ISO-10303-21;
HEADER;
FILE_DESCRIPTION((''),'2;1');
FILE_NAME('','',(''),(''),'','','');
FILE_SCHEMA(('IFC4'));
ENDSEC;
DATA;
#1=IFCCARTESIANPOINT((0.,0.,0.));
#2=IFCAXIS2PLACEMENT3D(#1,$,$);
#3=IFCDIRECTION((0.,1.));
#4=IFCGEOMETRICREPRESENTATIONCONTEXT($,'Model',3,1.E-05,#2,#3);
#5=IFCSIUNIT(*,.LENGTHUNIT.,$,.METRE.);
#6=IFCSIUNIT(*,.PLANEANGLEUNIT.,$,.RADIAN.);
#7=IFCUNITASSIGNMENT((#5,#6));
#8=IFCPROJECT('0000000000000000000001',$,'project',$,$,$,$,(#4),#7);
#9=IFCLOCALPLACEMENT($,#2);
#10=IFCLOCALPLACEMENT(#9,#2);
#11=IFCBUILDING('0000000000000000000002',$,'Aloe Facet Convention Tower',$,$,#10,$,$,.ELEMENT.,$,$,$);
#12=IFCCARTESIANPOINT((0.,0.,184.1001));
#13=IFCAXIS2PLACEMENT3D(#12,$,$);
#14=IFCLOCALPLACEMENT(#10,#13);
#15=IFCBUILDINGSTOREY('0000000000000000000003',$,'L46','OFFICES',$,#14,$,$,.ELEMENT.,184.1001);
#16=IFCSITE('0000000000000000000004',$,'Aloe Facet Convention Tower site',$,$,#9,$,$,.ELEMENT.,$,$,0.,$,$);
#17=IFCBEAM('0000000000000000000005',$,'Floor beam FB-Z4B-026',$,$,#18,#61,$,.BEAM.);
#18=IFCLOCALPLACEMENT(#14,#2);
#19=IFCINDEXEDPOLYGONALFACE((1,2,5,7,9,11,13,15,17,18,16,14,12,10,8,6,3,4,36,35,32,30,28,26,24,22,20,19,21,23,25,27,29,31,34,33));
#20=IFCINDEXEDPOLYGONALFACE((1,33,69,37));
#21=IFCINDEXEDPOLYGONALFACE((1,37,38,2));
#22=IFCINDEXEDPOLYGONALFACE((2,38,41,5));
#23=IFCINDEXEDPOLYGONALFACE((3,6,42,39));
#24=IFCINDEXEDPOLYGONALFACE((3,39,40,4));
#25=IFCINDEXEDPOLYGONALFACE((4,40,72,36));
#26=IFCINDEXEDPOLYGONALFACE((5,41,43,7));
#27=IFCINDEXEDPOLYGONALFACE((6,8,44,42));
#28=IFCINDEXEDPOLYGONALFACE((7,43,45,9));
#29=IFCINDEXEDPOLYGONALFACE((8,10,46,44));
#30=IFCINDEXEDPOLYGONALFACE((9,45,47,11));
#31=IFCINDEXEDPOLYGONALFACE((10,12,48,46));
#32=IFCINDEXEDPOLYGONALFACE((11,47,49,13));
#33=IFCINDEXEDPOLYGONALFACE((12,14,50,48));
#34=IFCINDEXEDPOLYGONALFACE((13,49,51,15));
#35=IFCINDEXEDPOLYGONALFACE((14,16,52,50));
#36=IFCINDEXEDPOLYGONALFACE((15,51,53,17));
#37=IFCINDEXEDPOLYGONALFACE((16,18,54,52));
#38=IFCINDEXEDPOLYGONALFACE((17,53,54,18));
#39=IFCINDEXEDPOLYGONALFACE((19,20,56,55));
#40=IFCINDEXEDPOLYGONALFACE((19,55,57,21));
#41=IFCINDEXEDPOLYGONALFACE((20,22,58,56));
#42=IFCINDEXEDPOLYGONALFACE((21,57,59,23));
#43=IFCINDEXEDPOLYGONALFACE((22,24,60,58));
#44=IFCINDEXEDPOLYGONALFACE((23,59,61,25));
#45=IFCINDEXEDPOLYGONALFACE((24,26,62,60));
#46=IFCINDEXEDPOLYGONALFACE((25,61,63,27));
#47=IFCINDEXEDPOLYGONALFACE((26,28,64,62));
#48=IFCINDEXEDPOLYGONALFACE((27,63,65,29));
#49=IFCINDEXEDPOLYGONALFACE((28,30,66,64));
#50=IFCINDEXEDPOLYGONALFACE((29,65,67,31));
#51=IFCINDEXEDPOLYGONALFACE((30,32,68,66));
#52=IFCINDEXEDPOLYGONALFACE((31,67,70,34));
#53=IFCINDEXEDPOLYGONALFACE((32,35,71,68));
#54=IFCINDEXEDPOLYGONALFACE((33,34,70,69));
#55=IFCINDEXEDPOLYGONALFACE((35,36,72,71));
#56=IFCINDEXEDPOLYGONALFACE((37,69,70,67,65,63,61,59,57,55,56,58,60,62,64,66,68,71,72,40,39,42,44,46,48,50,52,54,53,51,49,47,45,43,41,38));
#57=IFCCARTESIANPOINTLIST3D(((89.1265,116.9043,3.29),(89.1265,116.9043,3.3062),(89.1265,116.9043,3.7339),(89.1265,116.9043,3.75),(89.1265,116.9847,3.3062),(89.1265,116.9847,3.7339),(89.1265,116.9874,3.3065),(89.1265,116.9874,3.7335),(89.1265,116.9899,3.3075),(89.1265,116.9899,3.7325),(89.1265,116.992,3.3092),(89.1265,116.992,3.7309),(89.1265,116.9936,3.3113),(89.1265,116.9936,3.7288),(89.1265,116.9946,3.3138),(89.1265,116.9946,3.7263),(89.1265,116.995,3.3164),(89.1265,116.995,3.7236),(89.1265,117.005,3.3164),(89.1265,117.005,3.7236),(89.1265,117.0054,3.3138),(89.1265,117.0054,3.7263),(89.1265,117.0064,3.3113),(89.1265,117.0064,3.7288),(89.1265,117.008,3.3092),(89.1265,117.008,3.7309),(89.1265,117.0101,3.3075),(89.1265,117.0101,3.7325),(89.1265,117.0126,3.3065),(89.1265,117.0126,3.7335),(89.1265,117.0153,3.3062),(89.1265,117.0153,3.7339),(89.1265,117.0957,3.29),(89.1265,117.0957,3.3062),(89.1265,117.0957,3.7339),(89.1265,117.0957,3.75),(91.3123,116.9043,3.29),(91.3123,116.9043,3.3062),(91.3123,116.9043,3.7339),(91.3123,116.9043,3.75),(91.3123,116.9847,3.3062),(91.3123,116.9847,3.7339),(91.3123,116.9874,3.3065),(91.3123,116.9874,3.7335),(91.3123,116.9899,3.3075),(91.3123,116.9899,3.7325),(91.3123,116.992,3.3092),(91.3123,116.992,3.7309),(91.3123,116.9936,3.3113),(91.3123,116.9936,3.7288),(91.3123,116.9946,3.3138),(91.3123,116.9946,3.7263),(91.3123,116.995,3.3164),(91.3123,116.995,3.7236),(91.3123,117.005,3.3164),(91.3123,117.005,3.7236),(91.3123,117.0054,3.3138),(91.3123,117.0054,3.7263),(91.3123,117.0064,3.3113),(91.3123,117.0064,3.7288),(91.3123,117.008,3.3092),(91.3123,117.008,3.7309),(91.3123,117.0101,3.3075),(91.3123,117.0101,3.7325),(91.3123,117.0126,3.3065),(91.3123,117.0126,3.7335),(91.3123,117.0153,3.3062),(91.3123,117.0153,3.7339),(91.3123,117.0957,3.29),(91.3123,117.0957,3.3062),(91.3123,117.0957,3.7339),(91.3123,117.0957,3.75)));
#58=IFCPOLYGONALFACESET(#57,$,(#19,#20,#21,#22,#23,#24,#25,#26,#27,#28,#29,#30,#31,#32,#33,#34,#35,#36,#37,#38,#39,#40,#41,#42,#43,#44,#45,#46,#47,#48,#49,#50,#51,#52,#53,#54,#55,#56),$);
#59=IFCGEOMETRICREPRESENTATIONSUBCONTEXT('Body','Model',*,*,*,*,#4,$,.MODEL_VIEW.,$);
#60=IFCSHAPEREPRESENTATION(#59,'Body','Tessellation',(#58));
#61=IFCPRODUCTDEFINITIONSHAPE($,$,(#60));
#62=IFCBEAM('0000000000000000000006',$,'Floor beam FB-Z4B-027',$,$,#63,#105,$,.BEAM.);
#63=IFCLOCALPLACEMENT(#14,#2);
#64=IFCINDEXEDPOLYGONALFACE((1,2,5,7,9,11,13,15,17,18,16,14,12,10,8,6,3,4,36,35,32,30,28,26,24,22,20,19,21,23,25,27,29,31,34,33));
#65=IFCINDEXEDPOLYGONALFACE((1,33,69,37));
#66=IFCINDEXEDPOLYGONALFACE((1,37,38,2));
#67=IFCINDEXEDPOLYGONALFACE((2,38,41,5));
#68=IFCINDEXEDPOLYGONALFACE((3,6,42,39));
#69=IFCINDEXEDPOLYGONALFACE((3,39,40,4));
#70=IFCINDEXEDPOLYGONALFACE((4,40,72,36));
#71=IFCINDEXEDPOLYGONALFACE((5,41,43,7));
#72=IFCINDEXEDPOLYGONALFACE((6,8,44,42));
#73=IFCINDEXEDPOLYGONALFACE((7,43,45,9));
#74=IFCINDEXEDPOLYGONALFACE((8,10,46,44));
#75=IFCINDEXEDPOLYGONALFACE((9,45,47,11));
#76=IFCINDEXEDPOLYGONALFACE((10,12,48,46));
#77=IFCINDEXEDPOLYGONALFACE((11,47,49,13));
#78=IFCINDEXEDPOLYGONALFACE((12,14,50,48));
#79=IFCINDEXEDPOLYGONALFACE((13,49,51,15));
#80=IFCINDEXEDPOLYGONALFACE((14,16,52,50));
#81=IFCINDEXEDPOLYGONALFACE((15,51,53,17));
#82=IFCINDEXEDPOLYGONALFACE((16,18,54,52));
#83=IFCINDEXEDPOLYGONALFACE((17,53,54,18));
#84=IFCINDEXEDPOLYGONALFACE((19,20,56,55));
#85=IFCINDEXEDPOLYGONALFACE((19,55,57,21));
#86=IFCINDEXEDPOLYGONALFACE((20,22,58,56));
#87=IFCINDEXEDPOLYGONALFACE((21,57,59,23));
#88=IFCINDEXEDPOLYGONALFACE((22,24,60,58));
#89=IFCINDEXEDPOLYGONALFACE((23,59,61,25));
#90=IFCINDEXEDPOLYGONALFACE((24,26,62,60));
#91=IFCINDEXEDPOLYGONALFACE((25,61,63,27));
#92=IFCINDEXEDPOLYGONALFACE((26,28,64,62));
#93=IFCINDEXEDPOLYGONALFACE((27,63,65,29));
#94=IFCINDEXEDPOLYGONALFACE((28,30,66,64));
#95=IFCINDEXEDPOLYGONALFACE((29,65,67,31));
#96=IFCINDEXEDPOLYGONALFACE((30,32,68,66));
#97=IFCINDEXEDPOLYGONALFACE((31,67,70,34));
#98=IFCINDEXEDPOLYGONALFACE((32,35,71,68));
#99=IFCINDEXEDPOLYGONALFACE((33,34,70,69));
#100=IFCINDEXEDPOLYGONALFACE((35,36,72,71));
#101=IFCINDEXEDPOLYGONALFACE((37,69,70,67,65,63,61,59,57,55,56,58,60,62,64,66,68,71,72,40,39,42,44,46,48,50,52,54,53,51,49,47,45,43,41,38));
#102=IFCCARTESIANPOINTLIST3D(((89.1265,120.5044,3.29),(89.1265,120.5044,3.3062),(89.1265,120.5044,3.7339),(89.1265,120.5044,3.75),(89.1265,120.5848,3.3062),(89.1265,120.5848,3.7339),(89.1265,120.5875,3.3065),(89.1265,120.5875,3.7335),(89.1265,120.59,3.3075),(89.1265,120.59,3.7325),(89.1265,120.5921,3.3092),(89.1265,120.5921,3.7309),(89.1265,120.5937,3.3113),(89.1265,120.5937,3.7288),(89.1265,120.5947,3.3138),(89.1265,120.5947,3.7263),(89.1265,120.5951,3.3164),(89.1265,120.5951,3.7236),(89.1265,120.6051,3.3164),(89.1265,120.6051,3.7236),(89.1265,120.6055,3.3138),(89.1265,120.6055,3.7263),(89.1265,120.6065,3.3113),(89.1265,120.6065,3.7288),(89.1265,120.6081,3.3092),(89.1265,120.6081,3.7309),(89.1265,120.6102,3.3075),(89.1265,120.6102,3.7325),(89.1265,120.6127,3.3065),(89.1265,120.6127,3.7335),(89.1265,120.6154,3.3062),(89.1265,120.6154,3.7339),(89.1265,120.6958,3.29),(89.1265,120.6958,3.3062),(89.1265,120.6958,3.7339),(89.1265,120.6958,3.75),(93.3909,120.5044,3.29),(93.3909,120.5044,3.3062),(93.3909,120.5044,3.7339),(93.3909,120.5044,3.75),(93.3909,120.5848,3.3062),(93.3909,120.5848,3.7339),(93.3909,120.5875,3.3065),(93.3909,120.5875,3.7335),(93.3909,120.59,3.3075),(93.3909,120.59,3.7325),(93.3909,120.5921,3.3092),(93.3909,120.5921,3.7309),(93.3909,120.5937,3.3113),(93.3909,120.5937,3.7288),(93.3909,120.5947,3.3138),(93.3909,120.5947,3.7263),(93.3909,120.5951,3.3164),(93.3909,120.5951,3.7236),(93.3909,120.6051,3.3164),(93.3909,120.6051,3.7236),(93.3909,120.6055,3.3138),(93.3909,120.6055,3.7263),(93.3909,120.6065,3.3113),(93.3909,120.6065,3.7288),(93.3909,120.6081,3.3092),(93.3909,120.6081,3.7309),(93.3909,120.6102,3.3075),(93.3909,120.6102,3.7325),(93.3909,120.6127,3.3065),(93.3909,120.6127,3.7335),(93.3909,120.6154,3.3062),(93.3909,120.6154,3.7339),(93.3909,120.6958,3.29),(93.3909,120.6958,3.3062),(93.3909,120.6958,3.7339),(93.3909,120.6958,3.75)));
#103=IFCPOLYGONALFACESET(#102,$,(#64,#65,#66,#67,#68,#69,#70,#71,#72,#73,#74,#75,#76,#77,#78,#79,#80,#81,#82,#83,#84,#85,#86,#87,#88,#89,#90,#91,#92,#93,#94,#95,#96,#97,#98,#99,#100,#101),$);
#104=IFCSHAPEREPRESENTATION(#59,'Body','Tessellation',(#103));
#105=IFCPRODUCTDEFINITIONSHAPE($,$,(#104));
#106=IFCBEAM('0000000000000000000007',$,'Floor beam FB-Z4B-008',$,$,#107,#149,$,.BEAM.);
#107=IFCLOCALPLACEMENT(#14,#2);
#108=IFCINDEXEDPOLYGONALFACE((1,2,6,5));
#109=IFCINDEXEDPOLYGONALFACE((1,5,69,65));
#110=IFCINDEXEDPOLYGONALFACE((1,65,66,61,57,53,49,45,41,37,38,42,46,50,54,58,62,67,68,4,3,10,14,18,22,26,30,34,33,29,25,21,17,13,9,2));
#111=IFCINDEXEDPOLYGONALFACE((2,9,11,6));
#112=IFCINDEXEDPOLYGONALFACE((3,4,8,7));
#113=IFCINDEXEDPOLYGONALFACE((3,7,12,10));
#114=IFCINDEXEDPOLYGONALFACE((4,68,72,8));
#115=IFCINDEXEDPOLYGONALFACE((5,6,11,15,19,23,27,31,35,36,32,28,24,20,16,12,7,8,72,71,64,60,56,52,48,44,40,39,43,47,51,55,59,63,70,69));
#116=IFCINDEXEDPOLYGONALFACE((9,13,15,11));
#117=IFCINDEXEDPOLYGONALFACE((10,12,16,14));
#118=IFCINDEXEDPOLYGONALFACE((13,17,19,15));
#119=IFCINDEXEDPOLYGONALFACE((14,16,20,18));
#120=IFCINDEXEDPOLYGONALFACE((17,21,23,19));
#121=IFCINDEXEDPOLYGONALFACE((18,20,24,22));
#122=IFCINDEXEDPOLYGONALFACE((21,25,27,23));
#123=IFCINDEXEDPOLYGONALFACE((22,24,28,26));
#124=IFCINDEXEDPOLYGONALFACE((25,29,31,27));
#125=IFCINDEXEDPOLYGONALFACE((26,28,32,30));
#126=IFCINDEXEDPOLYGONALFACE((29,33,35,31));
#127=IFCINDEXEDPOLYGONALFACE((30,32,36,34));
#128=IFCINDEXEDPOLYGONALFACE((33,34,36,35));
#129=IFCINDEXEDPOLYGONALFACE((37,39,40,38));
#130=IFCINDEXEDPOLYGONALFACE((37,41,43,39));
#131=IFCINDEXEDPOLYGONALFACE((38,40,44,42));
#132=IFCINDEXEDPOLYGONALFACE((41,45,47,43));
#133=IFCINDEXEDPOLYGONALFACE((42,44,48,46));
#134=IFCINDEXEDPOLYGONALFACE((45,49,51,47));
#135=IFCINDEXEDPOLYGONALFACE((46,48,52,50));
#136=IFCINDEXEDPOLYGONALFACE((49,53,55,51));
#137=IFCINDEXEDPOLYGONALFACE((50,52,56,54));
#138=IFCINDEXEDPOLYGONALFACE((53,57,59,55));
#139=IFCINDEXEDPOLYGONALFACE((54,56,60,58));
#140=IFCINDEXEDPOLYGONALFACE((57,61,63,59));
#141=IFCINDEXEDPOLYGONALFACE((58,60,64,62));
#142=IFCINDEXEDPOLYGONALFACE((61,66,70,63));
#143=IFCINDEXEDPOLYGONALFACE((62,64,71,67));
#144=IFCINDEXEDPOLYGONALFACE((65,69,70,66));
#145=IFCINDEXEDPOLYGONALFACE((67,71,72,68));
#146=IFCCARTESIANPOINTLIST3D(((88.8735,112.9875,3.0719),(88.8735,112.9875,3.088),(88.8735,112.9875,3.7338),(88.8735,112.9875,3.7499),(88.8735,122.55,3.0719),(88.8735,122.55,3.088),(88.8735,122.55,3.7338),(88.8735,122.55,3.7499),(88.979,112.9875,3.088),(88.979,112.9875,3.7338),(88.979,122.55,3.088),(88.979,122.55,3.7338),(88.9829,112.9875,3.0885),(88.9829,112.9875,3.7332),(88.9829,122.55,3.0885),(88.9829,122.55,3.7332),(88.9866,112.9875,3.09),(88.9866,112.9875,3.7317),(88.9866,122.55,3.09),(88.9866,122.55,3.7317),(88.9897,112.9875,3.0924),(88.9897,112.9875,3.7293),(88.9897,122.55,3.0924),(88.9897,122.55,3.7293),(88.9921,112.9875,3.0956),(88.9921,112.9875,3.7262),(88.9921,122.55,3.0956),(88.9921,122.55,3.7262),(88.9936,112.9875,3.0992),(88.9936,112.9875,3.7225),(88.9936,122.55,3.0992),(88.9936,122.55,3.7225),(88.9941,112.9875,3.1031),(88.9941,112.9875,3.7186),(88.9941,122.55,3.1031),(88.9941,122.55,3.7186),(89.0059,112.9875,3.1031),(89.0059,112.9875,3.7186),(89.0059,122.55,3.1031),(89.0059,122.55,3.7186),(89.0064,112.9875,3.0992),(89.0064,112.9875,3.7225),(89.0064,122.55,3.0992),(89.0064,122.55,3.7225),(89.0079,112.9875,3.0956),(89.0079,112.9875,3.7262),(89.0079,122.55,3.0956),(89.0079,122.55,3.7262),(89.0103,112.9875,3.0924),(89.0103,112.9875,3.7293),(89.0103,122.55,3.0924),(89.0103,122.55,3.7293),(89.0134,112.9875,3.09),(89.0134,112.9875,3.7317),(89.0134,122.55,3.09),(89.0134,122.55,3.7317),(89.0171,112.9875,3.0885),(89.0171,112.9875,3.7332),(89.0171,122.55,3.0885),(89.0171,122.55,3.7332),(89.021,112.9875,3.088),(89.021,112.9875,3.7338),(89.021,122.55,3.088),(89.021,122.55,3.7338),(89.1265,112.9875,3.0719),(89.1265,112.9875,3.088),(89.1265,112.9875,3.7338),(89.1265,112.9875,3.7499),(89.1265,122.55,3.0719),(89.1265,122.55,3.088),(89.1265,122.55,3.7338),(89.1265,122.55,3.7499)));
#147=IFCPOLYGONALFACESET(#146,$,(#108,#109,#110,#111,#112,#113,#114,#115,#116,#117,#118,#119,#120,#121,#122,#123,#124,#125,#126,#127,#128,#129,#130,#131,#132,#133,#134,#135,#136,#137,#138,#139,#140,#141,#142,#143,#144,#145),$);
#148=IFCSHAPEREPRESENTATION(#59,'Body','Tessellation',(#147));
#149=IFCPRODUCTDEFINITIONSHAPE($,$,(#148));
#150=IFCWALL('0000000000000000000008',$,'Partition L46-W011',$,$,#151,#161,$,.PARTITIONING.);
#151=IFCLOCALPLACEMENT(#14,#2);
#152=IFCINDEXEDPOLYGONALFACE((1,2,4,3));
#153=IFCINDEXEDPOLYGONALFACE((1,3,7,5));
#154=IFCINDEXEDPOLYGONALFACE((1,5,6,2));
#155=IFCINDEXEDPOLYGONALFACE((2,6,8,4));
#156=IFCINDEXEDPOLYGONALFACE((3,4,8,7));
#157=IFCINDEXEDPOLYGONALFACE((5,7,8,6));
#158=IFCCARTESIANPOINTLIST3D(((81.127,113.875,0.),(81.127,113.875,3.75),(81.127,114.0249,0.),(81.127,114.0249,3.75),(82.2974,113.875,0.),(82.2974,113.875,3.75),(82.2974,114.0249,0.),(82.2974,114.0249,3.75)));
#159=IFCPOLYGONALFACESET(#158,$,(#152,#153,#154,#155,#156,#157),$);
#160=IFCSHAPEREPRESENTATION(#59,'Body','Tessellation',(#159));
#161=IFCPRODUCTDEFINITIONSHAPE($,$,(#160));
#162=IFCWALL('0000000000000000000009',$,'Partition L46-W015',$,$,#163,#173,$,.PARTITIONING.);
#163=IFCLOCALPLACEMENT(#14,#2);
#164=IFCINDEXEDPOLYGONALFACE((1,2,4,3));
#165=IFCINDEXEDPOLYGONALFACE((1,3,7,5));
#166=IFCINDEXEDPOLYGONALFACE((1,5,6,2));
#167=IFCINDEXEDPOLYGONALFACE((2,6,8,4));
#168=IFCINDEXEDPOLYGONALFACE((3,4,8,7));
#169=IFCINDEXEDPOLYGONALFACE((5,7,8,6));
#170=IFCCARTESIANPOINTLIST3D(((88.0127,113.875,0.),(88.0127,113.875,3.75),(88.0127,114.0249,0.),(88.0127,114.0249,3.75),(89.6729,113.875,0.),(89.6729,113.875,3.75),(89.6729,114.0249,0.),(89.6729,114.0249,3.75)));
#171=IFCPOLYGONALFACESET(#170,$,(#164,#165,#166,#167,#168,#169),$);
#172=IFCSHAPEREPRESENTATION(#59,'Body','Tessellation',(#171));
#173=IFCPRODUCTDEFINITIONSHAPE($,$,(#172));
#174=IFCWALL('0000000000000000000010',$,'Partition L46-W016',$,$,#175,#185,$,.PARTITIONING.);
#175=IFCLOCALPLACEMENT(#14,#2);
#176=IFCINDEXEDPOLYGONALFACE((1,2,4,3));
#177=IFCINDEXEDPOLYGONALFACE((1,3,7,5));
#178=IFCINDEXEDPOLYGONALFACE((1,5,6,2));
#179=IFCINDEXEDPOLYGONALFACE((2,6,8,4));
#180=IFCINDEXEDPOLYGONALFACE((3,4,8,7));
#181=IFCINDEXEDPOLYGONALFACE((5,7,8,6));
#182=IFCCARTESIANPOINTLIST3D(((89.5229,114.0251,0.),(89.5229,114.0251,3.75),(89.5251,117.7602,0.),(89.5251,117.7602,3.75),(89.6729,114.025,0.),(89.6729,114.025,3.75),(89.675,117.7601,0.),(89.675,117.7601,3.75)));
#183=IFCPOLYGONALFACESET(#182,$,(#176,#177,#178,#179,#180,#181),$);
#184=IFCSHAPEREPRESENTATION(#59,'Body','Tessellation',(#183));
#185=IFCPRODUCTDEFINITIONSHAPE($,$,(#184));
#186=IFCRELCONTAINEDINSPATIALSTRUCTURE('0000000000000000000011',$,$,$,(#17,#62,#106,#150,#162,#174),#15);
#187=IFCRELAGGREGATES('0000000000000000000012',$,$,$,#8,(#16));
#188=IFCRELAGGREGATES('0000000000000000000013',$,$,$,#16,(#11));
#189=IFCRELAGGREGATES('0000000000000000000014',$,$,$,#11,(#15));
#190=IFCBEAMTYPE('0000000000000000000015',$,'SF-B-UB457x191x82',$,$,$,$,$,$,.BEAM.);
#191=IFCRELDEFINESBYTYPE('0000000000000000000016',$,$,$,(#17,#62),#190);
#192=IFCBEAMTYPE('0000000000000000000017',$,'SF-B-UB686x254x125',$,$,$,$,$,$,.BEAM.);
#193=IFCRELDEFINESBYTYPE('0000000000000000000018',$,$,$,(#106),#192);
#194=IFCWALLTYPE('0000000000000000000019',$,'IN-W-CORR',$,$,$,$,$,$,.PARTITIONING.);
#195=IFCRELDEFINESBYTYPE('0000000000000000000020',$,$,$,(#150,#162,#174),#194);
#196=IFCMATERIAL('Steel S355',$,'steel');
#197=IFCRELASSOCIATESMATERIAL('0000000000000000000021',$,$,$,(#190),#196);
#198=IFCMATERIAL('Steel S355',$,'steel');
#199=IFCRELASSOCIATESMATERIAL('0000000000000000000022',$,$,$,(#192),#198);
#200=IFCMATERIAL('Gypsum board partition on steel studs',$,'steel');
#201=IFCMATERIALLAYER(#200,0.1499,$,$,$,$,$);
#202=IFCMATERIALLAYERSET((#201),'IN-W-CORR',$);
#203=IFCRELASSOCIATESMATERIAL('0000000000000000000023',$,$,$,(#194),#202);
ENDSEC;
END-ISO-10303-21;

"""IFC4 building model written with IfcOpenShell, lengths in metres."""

from ifc_helpers import new_model, si_unit, direction, frame, frame_2d, origin, origin_2d, place, context, subcontext, project, spatial, rectangle, i_section, extrude, material, layer, layer_set, material_profile, profile_set, type_object, element, save


model = new_model("IFC4")

# Units and contexts
model_context = context("Model", 3, precision=1e-05, world=origin(), true_north=direction((0.0, 1.0)))
body_context = subcontext(model_context, "Body", "Model", "MODEL_VIEW")
ifc_project = project(units=[si_unit("LENGTHUNIT", "METRE"), si_unit("PLANEANGLEUNIT", "RADIAN")], contexts=[model_context])

# Site, building, storey
site_placement = place(None, origin())
site = spatial("IfcSite", under=ifc_project, at=site_placement, Name="Aloe Facet Convention Tower site", CompositionType="ELEMENT", RefElevation=0.0)
building_placement = place(site_placement, origin())
building = spatial("IfcBuilding", under=site, at=building_placement, Name="Aloe Facet Convention Tower", CompositionType="ELEMENT")
storey_placement = place(building_placement, frame((0.0, 0.0, 184.1001)))
storey = spatial("IfcBuildingStorey", under=building, at=storey_placement, Name="L46", Description="OFFICES", CompositionType="ELEMENT", Elevation=184.1001)

# Beams
ifc_material_1 = material(Name="Steel S355", Category="steel")
ifc_material_profile_1 = material_profile(ifc_material_1, i_section(OverallWidth=0.1914, OverallDepth=0.46, WebThickness=0.01, FlangeThickness=0.0161, FilletRadius=0.0103, at=origin_2d()), Name="UB 457x191x82")
ifc_profile_set_1 = profile_set([ifc_material_profile_1], Name="Steel S355")
beam_type_1 = type_object("IfcBeamType", Name="SF-B-UB457x191x82", PredefinedType="BEAM", material=ifc_profile_set_1)
beam_1_placement = place(storey_placement, frame((89.1265, 117.0, 3.52), z_axis=(1.0, 0.0, 0.0), x_axis=(0.0, 1.0, 0.0)))
element("IfcBeam", 1, at=beam_1_placement, inside=storey, type_object=beam_type_1, Name="Floor beam FB-Z4B-026", PredefinedType="BEAM", context=body_context, shape_type="SweptSolid", body=[
    extrude(i_section(OverallWidth=0.1914, OverallDepth=0.46, WebThickness=0.01, FlangeThickness=0.0161, FilletRadius=0.0103, at=origin_2d()), origin(), (0.0, 0.0, 1.0), 2.1858),
])
beam_2_placement = place(storey_placement, frame((89.1265, 120.6001, 3.52), z_axis=(1.0, 0.0, 0.0), x_axis=(0.0, 1.0, 0.0)))
element("IfcBeam", 2, at=beam_2_placement, inside=storey, type_object=beam_type_1, Name="Floor beam FB-Z4B-027", PredefinedType="BEAM", context=body_context, shape_type="SweptSolid", body=[
    extrude(i_section(OverallWidth=0.1914, OverallDepth=0.46, WebThickness=0.01, FlangeThickness=0.0161, FilletRadius=0.0103, at=origin_2d()), origin(), (0.0, 0.0, 1.0), 4.2644),
])
ifc_material_2 = material(Name="Steel S355", Category="steel")
ifc_material_profile_2 = material_profile(ifc_material_2, i_section(OverallWidth=0.2529, OverallDepth=0.678, WebThickness=0.0117, FlangeThickness=0.0161, FilletRadius=0.0151, at=origin_2d()), Name="UB 686x254x125")
ifc_profile_set_2 = profile_set([ifc_material_profile_2], Name="Steel S355")
beam_type_2 = type_object("IfcBeamType", Name="SF-B-UB686x254x125", PredefinedType="BEAM", material=ifc_profile_set_2)
beam_3_placement = place(storey_placement, frame((89.0, 122.55, 3.4109), z_axis=(0.0, -1.0, 0.0), x_axis=(1.0, 0.0, 0.0)))
element("IfcBeam", 3, at=beam_3_placement, inside=storey, type_object=beam_type_2, Name="Floor beam FB-Z4B-008", PredefinedType="BEAM", context=body_context, shape_type="SweptSolid", body=[
    extrude(i_section(OverallWidth=0.2529, OverallDepth=0.678, WebThickness=0.0117, FlangeThickness=0.0161, FilletRadius=0.0151, at=origin_2d()), origin(), (0.0, 0.0, 1.0), 9.5625),
])

# Walls
ifc_material_3 = material(Name="Gypsum board partition on steel studs", Category="steel")
ifc_layer_1 = layer(ifc_material_3, 0.1499)
ifc_layer_set_1 = layer_set([ifc_layer_1], Name="IN-W-CORR")
wall_type_1 = type_object("IfcWallType", Name="IN-W-CORR", PredefinedType="PARTITIONING", material=ifc_layer_set_1)
wall_1_placement = place(storey_placement, frame((81.127, 113.95, 0.0), z_axis=(0.0, 0.0, 1.0), x_axis=(1.0, 0.0, 0.0)))
element("IfcWall", 4, at=wall_1_placement, inside=storey, type_object=wall_type_1, Name="Partition L46-W011", PredefinedType="PARTITIONING", context=body_context, shape_type="SweptSolid", body=[
    extrude(rectangle(XDim=1.1704, YDim=0.1499, at=frame_2d((0.5852, 0.0))), origin(), (0.0, 0.0, 1.0), 3.75),
])
wall_2_placement = place(storey_placement, frame((88.0127, 113.95, 0.0), z_axis=(0.0, 0.0, 1.0), x_axis=(1.0, 0.0, 0.0)))
element("IfcWall", 5, at=wall_2_placement, inside=storey, type_object=wall_type_1, Name="Partition L46-W015", PredefinedType="PARTITIONING", context=body_context, shape_type="SweptSolid", body=[
    extrude(rectangle(XDim=1.6602, YDim=0.1499, at=frame_2d((0.8301, 0.0))), origin(), (0.0, 0.0, 1.0), 3.75),
])
wall_3_placement = place(storey_placement, frame((89.5979, 114.0249, 0.0), z_axis=(0.0, 0.0, 1.0), x_axis=(0.000588, 1.0, 0.0)))
element("IfcWall", 6, at=wall_3_placement, inside=storey, type_object=wall_type_1, Name="Partition L46-W016", PredefinedType="PARTITIONING", context=body_context, shape_type="SweptSolid", body=[
    extrude(rectangle(XDim=3.7351, YDim=0.1499, at=frame_2d((1.8677, 0.0))), origin(), (0.0, 0.0, 1.0), 3.75),
])

save(model, "model.ifc")
